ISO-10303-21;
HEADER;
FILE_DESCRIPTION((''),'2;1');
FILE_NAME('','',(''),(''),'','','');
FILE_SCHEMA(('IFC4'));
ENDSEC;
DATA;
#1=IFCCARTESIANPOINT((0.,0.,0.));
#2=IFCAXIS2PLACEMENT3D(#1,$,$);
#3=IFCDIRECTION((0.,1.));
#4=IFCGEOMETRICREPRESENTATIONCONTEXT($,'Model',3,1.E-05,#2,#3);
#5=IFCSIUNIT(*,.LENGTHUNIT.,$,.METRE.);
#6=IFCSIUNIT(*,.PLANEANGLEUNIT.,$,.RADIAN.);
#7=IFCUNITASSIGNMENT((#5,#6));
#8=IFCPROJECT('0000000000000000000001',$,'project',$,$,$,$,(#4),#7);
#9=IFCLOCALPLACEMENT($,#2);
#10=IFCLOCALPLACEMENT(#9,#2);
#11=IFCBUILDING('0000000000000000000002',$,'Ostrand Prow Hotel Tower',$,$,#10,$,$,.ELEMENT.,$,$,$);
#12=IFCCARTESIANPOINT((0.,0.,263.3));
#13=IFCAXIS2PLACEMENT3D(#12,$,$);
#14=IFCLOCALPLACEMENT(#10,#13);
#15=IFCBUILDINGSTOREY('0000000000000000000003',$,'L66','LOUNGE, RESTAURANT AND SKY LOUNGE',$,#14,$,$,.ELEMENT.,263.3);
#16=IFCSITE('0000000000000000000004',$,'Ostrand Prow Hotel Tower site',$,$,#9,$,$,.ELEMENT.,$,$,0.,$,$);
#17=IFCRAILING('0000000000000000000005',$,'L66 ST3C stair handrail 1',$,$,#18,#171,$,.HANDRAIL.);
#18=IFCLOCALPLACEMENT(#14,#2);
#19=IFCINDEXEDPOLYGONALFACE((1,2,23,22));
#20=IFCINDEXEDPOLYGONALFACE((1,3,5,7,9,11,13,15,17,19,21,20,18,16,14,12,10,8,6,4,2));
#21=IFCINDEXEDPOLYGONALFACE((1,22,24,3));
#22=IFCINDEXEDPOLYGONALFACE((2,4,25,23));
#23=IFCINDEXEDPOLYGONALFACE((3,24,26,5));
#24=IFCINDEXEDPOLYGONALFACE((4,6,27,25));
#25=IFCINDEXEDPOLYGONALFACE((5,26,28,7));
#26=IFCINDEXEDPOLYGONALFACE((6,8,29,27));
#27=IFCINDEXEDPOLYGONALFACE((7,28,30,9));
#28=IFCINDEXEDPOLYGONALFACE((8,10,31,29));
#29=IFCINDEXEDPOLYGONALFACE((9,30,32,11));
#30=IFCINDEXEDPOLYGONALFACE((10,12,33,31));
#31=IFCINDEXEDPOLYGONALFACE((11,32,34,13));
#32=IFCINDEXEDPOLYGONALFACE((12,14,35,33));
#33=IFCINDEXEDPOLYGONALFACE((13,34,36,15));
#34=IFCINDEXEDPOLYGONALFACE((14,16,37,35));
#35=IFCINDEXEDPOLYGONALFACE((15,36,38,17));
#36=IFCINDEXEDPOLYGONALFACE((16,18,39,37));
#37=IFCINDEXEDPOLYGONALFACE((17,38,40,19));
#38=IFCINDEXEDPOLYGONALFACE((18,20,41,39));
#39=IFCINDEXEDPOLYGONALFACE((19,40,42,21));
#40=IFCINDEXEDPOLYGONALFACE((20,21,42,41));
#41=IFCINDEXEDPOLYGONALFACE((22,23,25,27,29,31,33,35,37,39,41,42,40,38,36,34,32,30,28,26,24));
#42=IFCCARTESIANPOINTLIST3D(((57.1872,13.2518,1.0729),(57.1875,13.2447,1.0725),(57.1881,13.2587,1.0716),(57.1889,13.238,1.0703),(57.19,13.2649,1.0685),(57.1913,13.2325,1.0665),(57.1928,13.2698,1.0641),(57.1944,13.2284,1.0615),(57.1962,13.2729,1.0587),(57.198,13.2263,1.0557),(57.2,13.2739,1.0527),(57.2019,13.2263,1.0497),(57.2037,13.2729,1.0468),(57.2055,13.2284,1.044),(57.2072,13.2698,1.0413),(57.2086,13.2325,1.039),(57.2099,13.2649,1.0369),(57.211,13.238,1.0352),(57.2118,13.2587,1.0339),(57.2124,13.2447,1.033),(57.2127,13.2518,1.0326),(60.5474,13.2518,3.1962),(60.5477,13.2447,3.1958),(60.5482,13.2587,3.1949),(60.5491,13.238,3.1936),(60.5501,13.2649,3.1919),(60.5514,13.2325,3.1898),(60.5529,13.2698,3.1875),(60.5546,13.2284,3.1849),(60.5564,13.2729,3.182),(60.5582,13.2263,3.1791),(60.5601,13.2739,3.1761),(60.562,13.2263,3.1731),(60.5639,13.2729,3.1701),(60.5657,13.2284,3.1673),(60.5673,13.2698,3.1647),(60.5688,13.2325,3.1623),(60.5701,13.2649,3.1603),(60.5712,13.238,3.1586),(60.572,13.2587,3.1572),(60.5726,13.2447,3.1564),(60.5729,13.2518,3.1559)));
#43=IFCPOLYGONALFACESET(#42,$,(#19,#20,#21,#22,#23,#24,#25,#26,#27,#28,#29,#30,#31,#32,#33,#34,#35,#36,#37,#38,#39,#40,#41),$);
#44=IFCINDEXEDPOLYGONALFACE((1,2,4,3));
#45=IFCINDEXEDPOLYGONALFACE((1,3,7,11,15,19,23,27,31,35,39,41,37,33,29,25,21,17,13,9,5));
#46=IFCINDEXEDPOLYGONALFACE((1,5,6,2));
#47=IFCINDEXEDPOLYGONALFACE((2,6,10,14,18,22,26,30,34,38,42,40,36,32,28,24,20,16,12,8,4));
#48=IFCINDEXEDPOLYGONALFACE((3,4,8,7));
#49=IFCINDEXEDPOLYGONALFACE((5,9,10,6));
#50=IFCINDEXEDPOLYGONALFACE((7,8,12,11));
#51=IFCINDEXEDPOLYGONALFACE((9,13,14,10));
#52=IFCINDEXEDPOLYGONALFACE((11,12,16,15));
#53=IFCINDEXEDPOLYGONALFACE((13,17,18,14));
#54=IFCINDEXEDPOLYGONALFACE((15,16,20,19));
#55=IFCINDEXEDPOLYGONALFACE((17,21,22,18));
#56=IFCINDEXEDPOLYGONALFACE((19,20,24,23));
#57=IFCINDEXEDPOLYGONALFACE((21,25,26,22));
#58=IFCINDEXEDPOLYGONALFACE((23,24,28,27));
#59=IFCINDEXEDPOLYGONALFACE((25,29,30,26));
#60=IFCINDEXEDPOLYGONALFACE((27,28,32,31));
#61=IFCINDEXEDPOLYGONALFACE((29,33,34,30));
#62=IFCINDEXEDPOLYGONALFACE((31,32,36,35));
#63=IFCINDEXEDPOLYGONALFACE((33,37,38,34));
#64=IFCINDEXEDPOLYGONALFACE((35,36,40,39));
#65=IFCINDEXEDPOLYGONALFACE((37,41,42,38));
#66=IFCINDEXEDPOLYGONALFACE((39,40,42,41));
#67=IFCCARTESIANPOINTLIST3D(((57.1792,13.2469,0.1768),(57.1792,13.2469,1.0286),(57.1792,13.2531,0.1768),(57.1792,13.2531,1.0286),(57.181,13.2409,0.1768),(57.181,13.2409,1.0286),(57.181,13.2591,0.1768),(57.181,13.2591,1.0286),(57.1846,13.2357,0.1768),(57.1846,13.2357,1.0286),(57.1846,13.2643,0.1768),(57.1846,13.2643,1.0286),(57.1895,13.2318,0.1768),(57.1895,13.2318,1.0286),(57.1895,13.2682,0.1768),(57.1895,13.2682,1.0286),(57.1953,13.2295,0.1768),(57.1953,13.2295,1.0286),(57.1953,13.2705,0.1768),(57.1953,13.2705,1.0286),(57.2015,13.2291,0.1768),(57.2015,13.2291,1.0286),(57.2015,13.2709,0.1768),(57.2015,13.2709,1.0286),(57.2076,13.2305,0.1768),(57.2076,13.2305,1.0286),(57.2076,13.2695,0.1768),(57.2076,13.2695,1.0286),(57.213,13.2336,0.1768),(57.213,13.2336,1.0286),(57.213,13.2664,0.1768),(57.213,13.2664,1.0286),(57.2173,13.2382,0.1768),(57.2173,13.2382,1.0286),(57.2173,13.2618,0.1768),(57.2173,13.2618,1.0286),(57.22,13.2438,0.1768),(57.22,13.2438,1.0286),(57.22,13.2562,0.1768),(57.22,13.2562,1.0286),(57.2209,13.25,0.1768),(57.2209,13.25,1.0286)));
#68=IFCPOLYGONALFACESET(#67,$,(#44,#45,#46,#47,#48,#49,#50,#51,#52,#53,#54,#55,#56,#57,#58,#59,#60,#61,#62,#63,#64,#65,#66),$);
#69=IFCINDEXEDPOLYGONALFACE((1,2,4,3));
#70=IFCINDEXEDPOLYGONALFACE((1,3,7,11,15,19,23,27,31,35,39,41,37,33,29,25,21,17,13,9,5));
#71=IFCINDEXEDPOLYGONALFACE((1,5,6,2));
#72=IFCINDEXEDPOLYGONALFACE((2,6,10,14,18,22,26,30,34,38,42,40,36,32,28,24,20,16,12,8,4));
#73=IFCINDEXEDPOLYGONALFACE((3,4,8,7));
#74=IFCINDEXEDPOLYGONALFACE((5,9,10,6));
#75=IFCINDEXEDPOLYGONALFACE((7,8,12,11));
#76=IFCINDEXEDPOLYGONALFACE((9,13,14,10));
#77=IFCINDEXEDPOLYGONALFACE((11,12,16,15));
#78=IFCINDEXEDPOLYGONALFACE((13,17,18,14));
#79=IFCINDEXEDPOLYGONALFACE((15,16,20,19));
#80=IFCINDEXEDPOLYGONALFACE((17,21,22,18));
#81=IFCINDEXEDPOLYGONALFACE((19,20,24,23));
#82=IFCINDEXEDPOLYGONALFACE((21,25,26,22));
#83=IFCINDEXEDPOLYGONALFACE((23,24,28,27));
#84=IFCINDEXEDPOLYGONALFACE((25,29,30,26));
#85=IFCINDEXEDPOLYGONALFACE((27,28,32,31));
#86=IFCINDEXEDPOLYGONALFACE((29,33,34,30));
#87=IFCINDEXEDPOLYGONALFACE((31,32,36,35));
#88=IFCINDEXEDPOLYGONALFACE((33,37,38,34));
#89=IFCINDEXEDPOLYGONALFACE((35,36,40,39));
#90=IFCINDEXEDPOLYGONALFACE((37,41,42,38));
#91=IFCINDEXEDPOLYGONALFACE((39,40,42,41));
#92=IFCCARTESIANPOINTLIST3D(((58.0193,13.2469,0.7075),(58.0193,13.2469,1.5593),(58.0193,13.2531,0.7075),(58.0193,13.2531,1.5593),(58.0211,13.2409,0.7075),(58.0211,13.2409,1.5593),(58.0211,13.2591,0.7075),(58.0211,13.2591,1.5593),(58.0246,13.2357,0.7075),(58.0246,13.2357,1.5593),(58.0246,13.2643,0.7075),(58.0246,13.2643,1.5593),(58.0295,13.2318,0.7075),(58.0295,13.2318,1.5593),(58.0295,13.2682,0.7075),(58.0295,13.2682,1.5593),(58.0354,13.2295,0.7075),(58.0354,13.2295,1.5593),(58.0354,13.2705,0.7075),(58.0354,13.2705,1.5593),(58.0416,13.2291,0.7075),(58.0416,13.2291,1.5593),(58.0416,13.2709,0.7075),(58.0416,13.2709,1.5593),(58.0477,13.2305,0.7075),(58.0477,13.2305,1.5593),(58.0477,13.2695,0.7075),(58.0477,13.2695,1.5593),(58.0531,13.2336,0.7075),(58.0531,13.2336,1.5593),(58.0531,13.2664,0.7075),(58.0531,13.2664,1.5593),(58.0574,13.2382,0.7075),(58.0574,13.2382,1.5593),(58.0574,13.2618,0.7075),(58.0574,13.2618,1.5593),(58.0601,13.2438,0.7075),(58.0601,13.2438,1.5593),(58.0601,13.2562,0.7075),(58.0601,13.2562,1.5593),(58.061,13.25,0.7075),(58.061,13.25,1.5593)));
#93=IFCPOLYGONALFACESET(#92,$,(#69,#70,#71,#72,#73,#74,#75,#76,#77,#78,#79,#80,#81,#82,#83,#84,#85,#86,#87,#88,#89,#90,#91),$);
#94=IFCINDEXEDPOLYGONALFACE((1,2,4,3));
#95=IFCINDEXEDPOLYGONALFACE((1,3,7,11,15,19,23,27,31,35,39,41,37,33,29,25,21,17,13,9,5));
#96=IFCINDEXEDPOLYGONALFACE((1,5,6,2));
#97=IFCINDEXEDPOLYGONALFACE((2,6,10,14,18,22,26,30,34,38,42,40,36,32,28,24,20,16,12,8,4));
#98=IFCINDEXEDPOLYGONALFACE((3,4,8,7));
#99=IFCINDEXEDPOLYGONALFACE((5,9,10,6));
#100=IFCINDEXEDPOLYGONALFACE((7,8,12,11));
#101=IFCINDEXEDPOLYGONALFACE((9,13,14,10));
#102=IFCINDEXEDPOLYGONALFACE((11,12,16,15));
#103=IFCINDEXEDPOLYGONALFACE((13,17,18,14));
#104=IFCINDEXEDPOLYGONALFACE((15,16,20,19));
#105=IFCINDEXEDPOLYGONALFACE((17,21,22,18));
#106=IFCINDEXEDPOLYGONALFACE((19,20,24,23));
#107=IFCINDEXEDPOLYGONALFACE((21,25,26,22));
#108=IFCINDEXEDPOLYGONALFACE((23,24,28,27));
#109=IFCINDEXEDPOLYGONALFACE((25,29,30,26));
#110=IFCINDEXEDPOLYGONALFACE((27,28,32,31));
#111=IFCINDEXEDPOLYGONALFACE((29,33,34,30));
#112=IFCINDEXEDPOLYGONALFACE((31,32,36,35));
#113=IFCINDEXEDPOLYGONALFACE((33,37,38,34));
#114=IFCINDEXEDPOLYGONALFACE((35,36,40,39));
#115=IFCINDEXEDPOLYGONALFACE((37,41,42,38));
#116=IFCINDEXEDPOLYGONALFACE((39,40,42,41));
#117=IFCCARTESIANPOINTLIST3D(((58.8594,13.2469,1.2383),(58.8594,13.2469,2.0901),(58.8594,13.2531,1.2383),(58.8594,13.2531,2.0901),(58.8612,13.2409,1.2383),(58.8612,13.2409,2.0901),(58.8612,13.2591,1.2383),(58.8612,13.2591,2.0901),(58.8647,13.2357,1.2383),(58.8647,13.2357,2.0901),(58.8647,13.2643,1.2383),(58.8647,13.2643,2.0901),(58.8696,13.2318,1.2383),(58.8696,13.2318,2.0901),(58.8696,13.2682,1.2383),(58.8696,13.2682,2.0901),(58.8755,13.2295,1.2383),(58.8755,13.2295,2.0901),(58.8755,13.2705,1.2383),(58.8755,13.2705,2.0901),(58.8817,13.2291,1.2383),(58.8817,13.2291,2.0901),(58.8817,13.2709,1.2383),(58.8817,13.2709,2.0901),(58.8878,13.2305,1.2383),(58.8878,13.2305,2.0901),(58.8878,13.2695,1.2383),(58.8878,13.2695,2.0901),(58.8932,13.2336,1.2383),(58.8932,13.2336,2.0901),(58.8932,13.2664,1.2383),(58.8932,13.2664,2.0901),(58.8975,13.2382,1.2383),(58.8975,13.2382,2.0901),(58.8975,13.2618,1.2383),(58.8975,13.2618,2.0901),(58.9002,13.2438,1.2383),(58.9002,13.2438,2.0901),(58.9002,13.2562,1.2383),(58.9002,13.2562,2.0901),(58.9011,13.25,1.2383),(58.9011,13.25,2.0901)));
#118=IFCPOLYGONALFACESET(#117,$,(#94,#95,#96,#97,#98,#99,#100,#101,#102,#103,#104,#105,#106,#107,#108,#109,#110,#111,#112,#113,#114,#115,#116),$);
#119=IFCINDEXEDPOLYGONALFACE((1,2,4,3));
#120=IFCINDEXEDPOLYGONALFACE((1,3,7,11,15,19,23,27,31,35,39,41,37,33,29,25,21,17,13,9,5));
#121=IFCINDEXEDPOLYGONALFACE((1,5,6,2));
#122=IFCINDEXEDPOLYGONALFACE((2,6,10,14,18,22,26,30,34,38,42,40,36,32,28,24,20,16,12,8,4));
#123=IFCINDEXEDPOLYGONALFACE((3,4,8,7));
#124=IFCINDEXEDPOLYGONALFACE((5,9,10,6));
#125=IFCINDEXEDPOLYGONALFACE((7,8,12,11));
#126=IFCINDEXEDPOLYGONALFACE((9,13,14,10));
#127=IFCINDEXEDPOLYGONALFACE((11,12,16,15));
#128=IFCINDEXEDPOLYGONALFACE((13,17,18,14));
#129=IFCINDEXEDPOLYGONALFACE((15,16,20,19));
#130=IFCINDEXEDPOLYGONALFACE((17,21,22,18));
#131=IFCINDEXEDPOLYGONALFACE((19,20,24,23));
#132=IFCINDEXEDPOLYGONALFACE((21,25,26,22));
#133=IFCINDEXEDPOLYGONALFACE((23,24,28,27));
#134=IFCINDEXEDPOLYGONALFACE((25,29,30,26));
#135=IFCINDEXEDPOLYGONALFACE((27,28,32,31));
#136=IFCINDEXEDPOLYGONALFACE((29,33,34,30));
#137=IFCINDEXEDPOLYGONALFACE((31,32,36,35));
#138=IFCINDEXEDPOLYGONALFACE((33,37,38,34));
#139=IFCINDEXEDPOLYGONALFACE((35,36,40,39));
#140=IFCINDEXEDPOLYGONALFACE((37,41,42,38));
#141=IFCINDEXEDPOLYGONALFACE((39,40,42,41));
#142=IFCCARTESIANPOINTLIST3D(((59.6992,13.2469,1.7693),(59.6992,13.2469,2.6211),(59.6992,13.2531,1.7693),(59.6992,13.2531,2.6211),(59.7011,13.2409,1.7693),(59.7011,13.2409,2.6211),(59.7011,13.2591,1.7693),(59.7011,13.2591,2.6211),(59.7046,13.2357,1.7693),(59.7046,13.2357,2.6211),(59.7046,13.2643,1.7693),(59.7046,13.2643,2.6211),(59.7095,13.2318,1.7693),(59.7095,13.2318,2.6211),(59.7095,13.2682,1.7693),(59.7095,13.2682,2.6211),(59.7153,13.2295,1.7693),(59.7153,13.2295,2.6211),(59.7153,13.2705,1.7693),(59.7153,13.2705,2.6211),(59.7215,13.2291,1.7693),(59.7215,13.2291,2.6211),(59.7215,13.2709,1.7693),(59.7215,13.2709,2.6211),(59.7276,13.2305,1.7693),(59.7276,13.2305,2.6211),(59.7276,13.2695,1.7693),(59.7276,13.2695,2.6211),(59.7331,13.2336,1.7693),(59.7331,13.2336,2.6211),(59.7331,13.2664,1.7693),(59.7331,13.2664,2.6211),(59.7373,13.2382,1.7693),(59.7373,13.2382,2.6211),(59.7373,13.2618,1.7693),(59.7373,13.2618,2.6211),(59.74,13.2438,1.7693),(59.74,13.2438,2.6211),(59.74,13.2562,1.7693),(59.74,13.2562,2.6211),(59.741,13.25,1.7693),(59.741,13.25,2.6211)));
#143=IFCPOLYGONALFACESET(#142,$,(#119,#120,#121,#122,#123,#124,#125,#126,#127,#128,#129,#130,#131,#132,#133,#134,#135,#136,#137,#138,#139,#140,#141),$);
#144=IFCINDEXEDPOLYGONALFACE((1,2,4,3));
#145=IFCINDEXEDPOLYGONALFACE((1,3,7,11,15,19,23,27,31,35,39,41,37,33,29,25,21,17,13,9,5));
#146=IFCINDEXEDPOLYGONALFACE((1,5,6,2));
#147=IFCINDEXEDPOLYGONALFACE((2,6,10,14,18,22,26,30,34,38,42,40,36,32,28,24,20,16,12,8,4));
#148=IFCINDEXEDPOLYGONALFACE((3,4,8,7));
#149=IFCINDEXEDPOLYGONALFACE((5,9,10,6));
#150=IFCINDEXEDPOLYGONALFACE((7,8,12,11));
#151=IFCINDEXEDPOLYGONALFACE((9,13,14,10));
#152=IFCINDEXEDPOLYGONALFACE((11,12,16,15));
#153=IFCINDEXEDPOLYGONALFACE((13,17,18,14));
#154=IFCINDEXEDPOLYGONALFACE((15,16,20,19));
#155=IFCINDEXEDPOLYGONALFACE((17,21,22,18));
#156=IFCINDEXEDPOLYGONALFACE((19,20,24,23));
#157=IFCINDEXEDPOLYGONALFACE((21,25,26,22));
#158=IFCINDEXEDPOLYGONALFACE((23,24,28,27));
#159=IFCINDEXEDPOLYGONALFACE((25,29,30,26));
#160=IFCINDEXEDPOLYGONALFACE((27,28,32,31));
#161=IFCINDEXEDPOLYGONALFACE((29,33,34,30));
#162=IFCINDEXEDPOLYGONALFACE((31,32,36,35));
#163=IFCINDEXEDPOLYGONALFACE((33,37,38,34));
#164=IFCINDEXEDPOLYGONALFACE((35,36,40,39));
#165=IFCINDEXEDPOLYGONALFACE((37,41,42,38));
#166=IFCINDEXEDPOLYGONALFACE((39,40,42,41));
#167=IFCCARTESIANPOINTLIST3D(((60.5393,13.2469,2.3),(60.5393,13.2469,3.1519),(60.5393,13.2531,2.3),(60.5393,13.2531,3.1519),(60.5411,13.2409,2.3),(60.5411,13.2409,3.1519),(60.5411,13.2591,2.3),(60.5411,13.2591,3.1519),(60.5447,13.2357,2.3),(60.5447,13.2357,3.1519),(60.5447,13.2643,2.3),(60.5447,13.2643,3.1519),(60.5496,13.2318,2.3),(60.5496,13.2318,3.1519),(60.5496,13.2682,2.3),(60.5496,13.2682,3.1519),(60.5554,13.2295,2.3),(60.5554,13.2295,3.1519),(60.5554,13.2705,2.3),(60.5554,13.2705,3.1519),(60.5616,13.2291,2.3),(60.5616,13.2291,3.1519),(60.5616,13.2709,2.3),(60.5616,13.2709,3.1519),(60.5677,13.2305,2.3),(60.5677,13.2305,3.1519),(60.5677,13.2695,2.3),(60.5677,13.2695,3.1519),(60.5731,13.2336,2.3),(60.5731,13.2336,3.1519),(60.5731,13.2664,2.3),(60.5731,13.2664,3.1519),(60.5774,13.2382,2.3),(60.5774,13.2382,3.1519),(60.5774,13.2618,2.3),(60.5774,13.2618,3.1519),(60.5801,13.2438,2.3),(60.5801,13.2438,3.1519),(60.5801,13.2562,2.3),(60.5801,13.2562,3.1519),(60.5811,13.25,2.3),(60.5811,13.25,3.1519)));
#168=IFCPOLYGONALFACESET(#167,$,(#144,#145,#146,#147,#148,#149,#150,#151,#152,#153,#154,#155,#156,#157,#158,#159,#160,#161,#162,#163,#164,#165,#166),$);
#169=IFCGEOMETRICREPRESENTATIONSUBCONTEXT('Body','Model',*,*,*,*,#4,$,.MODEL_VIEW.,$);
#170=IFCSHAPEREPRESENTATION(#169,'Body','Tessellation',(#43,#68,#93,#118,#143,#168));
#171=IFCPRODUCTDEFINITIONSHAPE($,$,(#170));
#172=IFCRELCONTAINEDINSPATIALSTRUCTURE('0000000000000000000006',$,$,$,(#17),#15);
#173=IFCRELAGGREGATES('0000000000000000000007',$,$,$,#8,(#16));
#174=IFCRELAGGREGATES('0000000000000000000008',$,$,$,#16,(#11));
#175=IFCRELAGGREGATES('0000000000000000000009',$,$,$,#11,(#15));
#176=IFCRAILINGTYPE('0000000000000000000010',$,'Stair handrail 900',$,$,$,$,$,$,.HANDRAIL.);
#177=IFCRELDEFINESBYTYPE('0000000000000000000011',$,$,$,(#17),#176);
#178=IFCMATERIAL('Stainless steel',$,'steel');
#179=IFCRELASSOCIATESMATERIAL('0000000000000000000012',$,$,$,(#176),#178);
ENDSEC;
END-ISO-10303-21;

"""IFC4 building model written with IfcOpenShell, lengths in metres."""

from ifc_helpers import new_model, si_unit, direction, frame, origin, origin_2d, place, context, subcontext, project, spatial, circle, extrude, material, type_object, element, save


model = new_model("IFC4")

# Units and contexts
model_context = context("Model", 3, precision=1e-05, world=origin(), true_north=direction((0.0, 1.0)))
body_context = subcontext(model_context, "Body", "Model", "MODEL_VIEW")
ifc_project = project(units=[si_unit("LENGTHUNIT", "METRE"), si_unit("PLANEANGLEUNIT", "RADIAN")], contexts=[model_context])

# Site, building, storey
site_placement = place(None, origin())
site = spatial("IfcSite", under=ifc_project, at=site_placement, Name="Ostrand Prow Hotel Tower site", CompositionType="ELEMENT", RefElevation=0.0)
building_placement = place(site_placement, origin())
building = spatial("IfcBuilding", under=site, at=building_placement, Name="Ostrand Prow Hotel Tower", CompositionType="ELEMENT")
storey_placement = place(building_placement, frame((0.0, 0.0, 263.3)))
storey = spatial("IfcBuildingStorey", under=building, at=storey_placement, Name="L66", Description="LOUNGE, RESTAURANT AND SKY LOUNGE", CompositionType="ELEMENT", Elevation=263.3)

# Railing
ifc_material_1 = material(Name="Stainless steel", Category="steel")
railing_type_1 = type_object("IfcRailingType", Name="Stair handrail 900", PredefinedType="HANDRAIL", material=ifc_material_1)
railing_1_placement = place(storey_placement, frame((57.2, 13.25, 0.1768)))
element("IfcRailing", 1, at=railing_1_placement, inside=storey, type_object=railing_type_1, Name="L66 ST3C stair handrail 1", PredefinedType="HANDRAIL", context=body_context, shape_type="SweptSolid", body=[
    extrude(circle(Radius=0.0239, at=origin_2d()), frame((0.0, 0.0, 0.876), z_axis=(0.845362, 0.0, 0.534194), x_axis=(0.0, 1.0, 0.0)), (0.0, 0.0, 1.0), 3.9749),
    extrude(circle(Radius=0.021, at=origin_2d()), origin(), (0.0, 0.0, 1.0), 0.8518),
    extrude(circle(Radius=0.021, at=origin_2d()), frame((0.8401, 0.0, 0.5308)), (0.0, 0.0, 1.0), 0.8518),
    extrude(circle(Radius=0.021, at=origin_2d()), frame((1.6802, 0.0, 1.0615)), (0.0, 0.0, 1.0), 0.8518),
    extrude(circle(Radius=0.021, at=origin_2d()), frame((2.52, 0.0, 1.5925)), (0.0, 0.0, 1.0), 0.8518),
    extrude(circle(Radius=0.021, at=origin_2d()), frame((3.3601, 0.0, 2.1233)), (0.0, 0.0, 1.0), 0.8518),
])

save(model, "model.ifc")
